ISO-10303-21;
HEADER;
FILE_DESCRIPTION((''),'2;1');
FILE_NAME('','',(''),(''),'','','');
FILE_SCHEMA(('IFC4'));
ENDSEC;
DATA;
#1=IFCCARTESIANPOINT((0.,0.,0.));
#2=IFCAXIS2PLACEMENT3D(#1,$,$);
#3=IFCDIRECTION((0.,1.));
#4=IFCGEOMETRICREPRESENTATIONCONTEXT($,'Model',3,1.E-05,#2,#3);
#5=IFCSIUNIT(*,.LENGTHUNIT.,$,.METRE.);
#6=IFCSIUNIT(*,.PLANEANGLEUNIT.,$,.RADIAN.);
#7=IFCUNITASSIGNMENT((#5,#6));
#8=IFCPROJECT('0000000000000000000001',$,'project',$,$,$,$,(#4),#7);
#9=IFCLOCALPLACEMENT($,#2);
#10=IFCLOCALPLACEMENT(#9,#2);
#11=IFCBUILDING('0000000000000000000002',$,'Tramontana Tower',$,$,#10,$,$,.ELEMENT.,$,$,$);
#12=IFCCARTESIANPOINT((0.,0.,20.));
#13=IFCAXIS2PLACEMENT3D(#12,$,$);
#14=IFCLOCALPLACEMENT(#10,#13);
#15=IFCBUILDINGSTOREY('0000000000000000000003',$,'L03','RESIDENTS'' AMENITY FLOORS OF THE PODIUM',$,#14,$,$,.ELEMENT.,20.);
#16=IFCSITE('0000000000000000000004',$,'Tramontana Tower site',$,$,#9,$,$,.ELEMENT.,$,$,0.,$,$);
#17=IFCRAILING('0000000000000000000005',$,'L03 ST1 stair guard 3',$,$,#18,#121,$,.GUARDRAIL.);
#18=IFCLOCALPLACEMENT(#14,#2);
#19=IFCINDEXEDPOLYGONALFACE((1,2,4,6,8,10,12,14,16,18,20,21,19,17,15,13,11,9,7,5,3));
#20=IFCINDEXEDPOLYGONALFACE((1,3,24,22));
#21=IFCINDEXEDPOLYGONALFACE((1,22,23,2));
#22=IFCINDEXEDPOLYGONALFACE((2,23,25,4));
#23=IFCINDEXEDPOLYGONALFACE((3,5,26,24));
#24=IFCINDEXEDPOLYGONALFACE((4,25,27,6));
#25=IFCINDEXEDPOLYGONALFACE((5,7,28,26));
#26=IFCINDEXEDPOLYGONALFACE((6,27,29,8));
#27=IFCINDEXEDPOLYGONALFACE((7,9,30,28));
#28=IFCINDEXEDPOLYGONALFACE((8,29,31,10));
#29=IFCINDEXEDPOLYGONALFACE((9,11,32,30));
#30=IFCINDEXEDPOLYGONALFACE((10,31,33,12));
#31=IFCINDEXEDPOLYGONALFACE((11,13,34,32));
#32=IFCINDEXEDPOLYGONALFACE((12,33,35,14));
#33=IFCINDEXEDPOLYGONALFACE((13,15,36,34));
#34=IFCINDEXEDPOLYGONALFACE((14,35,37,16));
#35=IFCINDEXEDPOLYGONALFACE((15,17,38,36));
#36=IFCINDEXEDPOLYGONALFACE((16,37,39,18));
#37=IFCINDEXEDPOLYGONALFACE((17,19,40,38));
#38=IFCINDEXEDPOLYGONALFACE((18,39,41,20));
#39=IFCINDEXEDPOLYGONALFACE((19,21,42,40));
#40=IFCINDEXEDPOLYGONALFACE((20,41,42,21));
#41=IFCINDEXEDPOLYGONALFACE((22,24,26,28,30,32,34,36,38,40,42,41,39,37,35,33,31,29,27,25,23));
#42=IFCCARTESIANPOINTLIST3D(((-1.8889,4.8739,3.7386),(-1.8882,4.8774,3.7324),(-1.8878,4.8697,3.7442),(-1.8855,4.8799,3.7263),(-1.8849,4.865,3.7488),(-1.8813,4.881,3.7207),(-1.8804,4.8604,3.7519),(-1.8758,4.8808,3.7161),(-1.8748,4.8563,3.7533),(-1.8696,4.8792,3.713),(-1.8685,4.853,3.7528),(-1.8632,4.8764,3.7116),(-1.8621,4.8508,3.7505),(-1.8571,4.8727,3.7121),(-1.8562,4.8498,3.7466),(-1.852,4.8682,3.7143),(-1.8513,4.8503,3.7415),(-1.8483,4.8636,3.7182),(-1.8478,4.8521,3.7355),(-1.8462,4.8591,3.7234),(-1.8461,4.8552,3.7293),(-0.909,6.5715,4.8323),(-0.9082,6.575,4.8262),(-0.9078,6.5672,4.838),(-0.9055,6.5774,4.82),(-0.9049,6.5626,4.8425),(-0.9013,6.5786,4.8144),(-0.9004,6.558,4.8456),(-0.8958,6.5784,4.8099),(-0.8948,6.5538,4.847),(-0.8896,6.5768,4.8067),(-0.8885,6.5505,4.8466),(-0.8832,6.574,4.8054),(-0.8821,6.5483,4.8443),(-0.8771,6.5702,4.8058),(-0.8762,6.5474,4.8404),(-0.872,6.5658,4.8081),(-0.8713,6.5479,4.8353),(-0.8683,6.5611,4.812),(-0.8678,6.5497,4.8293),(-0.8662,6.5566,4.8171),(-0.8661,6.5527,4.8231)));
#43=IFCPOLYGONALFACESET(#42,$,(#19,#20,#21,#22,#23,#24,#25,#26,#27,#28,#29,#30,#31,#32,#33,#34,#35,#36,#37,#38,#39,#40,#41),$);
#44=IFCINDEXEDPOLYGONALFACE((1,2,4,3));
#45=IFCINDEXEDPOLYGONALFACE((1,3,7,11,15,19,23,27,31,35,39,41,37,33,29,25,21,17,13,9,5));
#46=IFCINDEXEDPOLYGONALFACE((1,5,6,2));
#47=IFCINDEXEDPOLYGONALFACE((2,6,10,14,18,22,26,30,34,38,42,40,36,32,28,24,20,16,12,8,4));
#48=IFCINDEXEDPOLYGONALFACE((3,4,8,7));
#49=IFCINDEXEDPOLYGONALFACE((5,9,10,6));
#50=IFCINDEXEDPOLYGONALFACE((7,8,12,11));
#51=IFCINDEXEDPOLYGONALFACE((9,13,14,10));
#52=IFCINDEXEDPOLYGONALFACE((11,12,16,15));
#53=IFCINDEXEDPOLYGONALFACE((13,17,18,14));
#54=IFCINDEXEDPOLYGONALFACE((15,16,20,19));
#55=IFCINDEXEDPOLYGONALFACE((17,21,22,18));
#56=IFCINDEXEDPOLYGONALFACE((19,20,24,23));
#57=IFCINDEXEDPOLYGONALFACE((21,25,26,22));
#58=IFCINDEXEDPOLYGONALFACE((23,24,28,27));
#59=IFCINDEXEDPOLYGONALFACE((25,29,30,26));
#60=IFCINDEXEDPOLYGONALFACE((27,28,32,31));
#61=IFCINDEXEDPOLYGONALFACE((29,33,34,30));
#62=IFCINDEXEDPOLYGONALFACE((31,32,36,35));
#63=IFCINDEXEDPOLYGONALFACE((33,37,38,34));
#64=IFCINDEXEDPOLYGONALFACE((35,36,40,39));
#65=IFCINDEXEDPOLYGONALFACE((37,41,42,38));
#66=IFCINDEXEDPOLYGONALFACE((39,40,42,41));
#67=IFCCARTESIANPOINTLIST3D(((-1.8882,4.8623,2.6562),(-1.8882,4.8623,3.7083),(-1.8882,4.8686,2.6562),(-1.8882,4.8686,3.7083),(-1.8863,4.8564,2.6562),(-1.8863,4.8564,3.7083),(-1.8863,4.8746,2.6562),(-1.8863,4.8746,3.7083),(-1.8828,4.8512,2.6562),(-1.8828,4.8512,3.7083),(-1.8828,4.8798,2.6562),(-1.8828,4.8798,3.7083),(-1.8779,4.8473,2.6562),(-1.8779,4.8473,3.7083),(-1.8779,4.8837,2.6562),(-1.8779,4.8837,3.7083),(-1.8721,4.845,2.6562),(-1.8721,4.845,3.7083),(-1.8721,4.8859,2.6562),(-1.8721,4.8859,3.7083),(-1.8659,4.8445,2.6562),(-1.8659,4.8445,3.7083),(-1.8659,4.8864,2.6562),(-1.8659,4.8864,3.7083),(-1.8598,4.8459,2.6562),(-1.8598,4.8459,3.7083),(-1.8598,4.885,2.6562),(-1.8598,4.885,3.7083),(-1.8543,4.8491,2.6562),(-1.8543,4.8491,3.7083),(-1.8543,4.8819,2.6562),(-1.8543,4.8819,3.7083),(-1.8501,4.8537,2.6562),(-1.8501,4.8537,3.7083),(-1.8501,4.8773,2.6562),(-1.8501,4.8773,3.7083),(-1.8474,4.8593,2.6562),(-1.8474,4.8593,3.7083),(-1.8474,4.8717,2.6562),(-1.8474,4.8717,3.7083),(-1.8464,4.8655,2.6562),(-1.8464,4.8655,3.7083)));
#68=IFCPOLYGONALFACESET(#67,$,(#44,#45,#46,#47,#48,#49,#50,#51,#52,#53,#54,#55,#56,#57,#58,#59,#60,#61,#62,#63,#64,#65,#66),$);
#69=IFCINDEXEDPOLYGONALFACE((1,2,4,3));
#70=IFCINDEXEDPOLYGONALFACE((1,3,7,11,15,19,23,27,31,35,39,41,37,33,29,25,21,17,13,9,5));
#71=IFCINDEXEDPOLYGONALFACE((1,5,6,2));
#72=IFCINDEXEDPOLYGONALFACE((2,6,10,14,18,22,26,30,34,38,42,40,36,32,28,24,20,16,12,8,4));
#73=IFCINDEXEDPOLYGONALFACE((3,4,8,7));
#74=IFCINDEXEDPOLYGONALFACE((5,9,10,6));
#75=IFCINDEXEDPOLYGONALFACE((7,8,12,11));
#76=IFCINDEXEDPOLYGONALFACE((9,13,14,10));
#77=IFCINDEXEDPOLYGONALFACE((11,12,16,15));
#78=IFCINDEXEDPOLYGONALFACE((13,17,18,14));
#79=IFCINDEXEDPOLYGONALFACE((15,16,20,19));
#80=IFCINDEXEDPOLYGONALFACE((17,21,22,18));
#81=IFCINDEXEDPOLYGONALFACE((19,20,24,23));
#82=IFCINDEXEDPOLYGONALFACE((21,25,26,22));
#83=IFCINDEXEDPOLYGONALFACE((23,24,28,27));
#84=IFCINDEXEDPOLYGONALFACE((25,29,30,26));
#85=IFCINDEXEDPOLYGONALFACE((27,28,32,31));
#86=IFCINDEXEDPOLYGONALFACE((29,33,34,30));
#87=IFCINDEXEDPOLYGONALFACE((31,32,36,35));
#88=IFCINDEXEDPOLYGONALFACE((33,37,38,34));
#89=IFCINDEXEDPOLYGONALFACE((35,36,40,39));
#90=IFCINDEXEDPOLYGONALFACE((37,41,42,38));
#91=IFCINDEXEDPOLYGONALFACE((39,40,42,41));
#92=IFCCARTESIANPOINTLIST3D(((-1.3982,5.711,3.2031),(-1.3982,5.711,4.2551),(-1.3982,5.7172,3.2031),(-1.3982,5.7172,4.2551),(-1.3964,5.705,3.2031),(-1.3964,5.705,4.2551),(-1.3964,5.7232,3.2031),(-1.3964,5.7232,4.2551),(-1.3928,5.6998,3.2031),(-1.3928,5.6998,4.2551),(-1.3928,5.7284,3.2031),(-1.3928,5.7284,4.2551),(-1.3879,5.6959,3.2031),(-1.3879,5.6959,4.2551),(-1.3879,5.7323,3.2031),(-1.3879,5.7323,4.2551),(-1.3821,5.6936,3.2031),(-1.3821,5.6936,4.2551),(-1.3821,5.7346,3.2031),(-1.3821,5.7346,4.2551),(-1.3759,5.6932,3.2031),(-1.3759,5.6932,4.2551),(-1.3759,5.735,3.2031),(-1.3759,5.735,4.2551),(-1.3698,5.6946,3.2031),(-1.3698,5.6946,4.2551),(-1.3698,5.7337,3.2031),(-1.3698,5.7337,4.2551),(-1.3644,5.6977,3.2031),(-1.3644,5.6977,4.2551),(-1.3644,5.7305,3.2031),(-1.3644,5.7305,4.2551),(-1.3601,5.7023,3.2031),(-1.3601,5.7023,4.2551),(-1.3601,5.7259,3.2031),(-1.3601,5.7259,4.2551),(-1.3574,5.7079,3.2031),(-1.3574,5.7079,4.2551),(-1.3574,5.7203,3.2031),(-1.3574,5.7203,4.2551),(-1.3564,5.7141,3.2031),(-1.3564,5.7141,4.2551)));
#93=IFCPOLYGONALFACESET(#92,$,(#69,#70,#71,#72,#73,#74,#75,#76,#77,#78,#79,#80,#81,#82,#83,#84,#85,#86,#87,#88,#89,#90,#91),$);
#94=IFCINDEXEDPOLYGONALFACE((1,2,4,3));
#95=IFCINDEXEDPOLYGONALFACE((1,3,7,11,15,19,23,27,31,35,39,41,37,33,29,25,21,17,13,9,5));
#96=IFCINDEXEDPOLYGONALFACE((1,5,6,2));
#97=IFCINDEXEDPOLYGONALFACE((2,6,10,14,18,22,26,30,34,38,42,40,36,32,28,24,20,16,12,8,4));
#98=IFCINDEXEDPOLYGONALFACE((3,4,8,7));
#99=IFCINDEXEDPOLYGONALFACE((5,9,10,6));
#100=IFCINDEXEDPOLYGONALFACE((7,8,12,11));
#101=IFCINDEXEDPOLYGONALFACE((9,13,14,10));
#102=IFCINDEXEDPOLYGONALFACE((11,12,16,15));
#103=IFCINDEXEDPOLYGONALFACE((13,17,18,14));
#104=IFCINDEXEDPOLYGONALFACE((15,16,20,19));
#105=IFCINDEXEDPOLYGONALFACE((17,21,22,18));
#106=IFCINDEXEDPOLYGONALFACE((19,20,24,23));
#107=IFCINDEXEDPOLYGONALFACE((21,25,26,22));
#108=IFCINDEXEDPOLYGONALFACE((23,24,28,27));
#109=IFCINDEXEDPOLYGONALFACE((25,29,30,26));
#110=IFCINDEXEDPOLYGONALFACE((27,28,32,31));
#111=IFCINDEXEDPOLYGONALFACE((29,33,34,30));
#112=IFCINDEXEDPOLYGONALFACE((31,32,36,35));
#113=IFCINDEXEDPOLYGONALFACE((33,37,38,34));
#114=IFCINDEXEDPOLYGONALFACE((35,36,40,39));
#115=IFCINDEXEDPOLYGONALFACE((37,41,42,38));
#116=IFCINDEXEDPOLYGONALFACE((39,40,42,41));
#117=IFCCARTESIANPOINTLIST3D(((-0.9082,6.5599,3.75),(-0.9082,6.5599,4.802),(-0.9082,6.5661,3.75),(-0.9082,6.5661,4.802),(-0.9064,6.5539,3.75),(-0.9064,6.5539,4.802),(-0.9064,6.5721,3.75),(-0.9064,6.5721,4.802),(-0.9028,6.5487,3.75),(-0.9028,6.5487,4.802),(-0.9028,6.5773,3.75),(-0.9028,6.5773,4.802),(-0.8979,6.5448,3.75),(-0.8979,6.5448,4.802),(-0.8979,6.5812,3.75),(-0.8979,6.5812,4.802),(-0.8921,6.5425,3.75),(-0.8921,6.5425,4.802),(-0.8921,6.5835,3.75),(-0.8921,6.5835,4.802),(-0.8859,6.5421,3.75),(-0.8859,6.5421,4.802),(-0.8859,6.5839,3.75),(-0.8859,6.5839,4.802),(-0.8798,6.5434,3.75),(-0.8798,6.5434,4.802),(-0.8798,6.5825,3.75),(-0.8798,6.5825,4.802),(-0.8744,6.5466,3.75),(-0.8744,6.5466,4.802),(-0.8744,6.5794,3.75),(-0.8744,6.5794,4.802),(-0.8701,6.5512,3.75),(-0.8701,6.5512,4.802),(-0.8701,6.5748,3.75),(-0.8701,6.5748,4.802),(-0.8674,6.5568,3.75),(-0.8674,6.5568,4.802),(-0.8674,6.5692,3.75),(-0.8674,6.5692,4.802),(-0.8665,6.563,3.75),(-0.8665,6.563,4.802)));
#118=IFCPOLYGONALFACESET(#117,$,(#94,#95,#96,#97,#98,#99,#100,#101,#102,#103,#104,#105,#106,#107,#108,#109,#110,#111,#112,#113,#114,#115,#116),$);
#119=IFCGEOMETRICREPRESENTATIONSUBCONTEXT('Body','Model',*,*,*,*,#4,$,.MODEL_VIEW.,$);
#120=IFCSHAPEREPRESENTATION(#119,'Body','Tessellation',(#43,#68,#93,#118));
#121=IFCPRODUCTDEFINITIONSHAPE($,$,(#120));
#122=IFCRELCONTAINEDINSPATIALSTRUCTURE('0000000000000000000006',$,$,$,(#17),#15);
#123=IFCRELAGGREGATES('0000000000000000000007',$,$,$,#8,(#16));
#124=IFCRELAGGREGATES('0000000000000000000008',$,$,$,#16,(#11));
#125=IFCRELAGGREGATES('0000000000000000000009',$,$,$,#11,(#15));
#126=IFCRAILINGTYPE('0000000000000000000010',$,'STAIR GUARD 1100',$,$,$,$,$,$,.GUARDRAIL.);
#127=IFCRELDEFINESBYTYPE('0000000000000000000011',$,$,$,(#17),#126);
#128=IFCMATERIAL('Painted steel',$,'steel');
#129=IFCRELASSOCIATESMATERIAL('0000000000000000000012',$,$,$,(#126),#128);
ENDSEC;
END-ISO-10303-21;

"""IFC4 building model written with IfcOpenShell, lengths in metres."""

from ifc_helpers import new_model, si_unit, direction, frame, origin, origin_2d, place, context, subcontext, project, spatial, circle, extrude, material, type_object, element, save


model = new_model("IFC4")

# Units and contexts
model_context = context("Model", 3, precision=1e-05, world=origin(), true_north=direction((0.0, 1.0)))
body_context = subcontext(model_context, "Body", "Model", "MODEL_VIEW")
ifc_project = project(units=[si_unit("LENGTHUNIT", "METRE"), si_unit("PLANEANGLEUNIT", "RADIAN")], contexts=[model_context])

# Site, building, storey
site_placement = place(None, origin())
site = spatial("IfcSite", under=ifc_project, at=site_placement, Name="Tramontana Tower site", CompositionType="ELEMENT", RefElevation=0.0)
building_placement = place(site_placement, origin())
building = spatial("IfcBuilding", under=site, at=building_placement, Name="Tramontana Tower", CompositionType="ELEMENT")
storey_placement = place(building_placement, frame((0.0, 0.0, 20.0)))
storey = spatial("IfcBuildingStorey", under=building, at=storey_placement, Name="L03", Description="RESIDENTS' AMENITY FLOORS OF THE PODIUM", CompositionType="ELEMENT", Elevation=20.0)

# Railing
ifc_material_1 = material(Name="Painted steel", Category="steel")
railing_type_1 = type_object("IfcRailingType", Name="STAIR GUARD 1100", PredefinedType="GUARDRAIL", material=ifc_material_1)
railing_1_placement = place(storey_placement, frame((-1.8674, 4.8655, 2.6562)))
element("IfcRailing", 1, at=railing_1_placement, inside=storey, type_object=railing_type_1, Name="L03 ST1 stair guard 3", PredefinedType="GUARDRAIL", context=body_context, shape_type="SweptSolid", body=[
    extrude(circle(Radius=0.0239, at=origin_2d()), frame((0.0, 0.0, 1.0762), z_axis=(0.436596, 0.756267, 0.487282), x_axis=(-0.866042, 0.49997, 0.0)), (0.0, 0.0, 1.0), 2.2446),
    extrude(circle(Radius=0.021, at=origin_2d()), origin(), (0.0, 0.0, 1.0), 1.052),
    extrude(circle(Radius=0.021, at=origin_2d()), frame((0.49, 0.8486, 0.5469)), (0.0, 0.0, 1.0), 1.052),
    extrude(circle(Radius=0.021, at=origin_2d()), frame((0.98, 1.6975, 1.0938)), (0.0, 0.0, 1.0), 1.052),
])

save(model, "model.ifc")
